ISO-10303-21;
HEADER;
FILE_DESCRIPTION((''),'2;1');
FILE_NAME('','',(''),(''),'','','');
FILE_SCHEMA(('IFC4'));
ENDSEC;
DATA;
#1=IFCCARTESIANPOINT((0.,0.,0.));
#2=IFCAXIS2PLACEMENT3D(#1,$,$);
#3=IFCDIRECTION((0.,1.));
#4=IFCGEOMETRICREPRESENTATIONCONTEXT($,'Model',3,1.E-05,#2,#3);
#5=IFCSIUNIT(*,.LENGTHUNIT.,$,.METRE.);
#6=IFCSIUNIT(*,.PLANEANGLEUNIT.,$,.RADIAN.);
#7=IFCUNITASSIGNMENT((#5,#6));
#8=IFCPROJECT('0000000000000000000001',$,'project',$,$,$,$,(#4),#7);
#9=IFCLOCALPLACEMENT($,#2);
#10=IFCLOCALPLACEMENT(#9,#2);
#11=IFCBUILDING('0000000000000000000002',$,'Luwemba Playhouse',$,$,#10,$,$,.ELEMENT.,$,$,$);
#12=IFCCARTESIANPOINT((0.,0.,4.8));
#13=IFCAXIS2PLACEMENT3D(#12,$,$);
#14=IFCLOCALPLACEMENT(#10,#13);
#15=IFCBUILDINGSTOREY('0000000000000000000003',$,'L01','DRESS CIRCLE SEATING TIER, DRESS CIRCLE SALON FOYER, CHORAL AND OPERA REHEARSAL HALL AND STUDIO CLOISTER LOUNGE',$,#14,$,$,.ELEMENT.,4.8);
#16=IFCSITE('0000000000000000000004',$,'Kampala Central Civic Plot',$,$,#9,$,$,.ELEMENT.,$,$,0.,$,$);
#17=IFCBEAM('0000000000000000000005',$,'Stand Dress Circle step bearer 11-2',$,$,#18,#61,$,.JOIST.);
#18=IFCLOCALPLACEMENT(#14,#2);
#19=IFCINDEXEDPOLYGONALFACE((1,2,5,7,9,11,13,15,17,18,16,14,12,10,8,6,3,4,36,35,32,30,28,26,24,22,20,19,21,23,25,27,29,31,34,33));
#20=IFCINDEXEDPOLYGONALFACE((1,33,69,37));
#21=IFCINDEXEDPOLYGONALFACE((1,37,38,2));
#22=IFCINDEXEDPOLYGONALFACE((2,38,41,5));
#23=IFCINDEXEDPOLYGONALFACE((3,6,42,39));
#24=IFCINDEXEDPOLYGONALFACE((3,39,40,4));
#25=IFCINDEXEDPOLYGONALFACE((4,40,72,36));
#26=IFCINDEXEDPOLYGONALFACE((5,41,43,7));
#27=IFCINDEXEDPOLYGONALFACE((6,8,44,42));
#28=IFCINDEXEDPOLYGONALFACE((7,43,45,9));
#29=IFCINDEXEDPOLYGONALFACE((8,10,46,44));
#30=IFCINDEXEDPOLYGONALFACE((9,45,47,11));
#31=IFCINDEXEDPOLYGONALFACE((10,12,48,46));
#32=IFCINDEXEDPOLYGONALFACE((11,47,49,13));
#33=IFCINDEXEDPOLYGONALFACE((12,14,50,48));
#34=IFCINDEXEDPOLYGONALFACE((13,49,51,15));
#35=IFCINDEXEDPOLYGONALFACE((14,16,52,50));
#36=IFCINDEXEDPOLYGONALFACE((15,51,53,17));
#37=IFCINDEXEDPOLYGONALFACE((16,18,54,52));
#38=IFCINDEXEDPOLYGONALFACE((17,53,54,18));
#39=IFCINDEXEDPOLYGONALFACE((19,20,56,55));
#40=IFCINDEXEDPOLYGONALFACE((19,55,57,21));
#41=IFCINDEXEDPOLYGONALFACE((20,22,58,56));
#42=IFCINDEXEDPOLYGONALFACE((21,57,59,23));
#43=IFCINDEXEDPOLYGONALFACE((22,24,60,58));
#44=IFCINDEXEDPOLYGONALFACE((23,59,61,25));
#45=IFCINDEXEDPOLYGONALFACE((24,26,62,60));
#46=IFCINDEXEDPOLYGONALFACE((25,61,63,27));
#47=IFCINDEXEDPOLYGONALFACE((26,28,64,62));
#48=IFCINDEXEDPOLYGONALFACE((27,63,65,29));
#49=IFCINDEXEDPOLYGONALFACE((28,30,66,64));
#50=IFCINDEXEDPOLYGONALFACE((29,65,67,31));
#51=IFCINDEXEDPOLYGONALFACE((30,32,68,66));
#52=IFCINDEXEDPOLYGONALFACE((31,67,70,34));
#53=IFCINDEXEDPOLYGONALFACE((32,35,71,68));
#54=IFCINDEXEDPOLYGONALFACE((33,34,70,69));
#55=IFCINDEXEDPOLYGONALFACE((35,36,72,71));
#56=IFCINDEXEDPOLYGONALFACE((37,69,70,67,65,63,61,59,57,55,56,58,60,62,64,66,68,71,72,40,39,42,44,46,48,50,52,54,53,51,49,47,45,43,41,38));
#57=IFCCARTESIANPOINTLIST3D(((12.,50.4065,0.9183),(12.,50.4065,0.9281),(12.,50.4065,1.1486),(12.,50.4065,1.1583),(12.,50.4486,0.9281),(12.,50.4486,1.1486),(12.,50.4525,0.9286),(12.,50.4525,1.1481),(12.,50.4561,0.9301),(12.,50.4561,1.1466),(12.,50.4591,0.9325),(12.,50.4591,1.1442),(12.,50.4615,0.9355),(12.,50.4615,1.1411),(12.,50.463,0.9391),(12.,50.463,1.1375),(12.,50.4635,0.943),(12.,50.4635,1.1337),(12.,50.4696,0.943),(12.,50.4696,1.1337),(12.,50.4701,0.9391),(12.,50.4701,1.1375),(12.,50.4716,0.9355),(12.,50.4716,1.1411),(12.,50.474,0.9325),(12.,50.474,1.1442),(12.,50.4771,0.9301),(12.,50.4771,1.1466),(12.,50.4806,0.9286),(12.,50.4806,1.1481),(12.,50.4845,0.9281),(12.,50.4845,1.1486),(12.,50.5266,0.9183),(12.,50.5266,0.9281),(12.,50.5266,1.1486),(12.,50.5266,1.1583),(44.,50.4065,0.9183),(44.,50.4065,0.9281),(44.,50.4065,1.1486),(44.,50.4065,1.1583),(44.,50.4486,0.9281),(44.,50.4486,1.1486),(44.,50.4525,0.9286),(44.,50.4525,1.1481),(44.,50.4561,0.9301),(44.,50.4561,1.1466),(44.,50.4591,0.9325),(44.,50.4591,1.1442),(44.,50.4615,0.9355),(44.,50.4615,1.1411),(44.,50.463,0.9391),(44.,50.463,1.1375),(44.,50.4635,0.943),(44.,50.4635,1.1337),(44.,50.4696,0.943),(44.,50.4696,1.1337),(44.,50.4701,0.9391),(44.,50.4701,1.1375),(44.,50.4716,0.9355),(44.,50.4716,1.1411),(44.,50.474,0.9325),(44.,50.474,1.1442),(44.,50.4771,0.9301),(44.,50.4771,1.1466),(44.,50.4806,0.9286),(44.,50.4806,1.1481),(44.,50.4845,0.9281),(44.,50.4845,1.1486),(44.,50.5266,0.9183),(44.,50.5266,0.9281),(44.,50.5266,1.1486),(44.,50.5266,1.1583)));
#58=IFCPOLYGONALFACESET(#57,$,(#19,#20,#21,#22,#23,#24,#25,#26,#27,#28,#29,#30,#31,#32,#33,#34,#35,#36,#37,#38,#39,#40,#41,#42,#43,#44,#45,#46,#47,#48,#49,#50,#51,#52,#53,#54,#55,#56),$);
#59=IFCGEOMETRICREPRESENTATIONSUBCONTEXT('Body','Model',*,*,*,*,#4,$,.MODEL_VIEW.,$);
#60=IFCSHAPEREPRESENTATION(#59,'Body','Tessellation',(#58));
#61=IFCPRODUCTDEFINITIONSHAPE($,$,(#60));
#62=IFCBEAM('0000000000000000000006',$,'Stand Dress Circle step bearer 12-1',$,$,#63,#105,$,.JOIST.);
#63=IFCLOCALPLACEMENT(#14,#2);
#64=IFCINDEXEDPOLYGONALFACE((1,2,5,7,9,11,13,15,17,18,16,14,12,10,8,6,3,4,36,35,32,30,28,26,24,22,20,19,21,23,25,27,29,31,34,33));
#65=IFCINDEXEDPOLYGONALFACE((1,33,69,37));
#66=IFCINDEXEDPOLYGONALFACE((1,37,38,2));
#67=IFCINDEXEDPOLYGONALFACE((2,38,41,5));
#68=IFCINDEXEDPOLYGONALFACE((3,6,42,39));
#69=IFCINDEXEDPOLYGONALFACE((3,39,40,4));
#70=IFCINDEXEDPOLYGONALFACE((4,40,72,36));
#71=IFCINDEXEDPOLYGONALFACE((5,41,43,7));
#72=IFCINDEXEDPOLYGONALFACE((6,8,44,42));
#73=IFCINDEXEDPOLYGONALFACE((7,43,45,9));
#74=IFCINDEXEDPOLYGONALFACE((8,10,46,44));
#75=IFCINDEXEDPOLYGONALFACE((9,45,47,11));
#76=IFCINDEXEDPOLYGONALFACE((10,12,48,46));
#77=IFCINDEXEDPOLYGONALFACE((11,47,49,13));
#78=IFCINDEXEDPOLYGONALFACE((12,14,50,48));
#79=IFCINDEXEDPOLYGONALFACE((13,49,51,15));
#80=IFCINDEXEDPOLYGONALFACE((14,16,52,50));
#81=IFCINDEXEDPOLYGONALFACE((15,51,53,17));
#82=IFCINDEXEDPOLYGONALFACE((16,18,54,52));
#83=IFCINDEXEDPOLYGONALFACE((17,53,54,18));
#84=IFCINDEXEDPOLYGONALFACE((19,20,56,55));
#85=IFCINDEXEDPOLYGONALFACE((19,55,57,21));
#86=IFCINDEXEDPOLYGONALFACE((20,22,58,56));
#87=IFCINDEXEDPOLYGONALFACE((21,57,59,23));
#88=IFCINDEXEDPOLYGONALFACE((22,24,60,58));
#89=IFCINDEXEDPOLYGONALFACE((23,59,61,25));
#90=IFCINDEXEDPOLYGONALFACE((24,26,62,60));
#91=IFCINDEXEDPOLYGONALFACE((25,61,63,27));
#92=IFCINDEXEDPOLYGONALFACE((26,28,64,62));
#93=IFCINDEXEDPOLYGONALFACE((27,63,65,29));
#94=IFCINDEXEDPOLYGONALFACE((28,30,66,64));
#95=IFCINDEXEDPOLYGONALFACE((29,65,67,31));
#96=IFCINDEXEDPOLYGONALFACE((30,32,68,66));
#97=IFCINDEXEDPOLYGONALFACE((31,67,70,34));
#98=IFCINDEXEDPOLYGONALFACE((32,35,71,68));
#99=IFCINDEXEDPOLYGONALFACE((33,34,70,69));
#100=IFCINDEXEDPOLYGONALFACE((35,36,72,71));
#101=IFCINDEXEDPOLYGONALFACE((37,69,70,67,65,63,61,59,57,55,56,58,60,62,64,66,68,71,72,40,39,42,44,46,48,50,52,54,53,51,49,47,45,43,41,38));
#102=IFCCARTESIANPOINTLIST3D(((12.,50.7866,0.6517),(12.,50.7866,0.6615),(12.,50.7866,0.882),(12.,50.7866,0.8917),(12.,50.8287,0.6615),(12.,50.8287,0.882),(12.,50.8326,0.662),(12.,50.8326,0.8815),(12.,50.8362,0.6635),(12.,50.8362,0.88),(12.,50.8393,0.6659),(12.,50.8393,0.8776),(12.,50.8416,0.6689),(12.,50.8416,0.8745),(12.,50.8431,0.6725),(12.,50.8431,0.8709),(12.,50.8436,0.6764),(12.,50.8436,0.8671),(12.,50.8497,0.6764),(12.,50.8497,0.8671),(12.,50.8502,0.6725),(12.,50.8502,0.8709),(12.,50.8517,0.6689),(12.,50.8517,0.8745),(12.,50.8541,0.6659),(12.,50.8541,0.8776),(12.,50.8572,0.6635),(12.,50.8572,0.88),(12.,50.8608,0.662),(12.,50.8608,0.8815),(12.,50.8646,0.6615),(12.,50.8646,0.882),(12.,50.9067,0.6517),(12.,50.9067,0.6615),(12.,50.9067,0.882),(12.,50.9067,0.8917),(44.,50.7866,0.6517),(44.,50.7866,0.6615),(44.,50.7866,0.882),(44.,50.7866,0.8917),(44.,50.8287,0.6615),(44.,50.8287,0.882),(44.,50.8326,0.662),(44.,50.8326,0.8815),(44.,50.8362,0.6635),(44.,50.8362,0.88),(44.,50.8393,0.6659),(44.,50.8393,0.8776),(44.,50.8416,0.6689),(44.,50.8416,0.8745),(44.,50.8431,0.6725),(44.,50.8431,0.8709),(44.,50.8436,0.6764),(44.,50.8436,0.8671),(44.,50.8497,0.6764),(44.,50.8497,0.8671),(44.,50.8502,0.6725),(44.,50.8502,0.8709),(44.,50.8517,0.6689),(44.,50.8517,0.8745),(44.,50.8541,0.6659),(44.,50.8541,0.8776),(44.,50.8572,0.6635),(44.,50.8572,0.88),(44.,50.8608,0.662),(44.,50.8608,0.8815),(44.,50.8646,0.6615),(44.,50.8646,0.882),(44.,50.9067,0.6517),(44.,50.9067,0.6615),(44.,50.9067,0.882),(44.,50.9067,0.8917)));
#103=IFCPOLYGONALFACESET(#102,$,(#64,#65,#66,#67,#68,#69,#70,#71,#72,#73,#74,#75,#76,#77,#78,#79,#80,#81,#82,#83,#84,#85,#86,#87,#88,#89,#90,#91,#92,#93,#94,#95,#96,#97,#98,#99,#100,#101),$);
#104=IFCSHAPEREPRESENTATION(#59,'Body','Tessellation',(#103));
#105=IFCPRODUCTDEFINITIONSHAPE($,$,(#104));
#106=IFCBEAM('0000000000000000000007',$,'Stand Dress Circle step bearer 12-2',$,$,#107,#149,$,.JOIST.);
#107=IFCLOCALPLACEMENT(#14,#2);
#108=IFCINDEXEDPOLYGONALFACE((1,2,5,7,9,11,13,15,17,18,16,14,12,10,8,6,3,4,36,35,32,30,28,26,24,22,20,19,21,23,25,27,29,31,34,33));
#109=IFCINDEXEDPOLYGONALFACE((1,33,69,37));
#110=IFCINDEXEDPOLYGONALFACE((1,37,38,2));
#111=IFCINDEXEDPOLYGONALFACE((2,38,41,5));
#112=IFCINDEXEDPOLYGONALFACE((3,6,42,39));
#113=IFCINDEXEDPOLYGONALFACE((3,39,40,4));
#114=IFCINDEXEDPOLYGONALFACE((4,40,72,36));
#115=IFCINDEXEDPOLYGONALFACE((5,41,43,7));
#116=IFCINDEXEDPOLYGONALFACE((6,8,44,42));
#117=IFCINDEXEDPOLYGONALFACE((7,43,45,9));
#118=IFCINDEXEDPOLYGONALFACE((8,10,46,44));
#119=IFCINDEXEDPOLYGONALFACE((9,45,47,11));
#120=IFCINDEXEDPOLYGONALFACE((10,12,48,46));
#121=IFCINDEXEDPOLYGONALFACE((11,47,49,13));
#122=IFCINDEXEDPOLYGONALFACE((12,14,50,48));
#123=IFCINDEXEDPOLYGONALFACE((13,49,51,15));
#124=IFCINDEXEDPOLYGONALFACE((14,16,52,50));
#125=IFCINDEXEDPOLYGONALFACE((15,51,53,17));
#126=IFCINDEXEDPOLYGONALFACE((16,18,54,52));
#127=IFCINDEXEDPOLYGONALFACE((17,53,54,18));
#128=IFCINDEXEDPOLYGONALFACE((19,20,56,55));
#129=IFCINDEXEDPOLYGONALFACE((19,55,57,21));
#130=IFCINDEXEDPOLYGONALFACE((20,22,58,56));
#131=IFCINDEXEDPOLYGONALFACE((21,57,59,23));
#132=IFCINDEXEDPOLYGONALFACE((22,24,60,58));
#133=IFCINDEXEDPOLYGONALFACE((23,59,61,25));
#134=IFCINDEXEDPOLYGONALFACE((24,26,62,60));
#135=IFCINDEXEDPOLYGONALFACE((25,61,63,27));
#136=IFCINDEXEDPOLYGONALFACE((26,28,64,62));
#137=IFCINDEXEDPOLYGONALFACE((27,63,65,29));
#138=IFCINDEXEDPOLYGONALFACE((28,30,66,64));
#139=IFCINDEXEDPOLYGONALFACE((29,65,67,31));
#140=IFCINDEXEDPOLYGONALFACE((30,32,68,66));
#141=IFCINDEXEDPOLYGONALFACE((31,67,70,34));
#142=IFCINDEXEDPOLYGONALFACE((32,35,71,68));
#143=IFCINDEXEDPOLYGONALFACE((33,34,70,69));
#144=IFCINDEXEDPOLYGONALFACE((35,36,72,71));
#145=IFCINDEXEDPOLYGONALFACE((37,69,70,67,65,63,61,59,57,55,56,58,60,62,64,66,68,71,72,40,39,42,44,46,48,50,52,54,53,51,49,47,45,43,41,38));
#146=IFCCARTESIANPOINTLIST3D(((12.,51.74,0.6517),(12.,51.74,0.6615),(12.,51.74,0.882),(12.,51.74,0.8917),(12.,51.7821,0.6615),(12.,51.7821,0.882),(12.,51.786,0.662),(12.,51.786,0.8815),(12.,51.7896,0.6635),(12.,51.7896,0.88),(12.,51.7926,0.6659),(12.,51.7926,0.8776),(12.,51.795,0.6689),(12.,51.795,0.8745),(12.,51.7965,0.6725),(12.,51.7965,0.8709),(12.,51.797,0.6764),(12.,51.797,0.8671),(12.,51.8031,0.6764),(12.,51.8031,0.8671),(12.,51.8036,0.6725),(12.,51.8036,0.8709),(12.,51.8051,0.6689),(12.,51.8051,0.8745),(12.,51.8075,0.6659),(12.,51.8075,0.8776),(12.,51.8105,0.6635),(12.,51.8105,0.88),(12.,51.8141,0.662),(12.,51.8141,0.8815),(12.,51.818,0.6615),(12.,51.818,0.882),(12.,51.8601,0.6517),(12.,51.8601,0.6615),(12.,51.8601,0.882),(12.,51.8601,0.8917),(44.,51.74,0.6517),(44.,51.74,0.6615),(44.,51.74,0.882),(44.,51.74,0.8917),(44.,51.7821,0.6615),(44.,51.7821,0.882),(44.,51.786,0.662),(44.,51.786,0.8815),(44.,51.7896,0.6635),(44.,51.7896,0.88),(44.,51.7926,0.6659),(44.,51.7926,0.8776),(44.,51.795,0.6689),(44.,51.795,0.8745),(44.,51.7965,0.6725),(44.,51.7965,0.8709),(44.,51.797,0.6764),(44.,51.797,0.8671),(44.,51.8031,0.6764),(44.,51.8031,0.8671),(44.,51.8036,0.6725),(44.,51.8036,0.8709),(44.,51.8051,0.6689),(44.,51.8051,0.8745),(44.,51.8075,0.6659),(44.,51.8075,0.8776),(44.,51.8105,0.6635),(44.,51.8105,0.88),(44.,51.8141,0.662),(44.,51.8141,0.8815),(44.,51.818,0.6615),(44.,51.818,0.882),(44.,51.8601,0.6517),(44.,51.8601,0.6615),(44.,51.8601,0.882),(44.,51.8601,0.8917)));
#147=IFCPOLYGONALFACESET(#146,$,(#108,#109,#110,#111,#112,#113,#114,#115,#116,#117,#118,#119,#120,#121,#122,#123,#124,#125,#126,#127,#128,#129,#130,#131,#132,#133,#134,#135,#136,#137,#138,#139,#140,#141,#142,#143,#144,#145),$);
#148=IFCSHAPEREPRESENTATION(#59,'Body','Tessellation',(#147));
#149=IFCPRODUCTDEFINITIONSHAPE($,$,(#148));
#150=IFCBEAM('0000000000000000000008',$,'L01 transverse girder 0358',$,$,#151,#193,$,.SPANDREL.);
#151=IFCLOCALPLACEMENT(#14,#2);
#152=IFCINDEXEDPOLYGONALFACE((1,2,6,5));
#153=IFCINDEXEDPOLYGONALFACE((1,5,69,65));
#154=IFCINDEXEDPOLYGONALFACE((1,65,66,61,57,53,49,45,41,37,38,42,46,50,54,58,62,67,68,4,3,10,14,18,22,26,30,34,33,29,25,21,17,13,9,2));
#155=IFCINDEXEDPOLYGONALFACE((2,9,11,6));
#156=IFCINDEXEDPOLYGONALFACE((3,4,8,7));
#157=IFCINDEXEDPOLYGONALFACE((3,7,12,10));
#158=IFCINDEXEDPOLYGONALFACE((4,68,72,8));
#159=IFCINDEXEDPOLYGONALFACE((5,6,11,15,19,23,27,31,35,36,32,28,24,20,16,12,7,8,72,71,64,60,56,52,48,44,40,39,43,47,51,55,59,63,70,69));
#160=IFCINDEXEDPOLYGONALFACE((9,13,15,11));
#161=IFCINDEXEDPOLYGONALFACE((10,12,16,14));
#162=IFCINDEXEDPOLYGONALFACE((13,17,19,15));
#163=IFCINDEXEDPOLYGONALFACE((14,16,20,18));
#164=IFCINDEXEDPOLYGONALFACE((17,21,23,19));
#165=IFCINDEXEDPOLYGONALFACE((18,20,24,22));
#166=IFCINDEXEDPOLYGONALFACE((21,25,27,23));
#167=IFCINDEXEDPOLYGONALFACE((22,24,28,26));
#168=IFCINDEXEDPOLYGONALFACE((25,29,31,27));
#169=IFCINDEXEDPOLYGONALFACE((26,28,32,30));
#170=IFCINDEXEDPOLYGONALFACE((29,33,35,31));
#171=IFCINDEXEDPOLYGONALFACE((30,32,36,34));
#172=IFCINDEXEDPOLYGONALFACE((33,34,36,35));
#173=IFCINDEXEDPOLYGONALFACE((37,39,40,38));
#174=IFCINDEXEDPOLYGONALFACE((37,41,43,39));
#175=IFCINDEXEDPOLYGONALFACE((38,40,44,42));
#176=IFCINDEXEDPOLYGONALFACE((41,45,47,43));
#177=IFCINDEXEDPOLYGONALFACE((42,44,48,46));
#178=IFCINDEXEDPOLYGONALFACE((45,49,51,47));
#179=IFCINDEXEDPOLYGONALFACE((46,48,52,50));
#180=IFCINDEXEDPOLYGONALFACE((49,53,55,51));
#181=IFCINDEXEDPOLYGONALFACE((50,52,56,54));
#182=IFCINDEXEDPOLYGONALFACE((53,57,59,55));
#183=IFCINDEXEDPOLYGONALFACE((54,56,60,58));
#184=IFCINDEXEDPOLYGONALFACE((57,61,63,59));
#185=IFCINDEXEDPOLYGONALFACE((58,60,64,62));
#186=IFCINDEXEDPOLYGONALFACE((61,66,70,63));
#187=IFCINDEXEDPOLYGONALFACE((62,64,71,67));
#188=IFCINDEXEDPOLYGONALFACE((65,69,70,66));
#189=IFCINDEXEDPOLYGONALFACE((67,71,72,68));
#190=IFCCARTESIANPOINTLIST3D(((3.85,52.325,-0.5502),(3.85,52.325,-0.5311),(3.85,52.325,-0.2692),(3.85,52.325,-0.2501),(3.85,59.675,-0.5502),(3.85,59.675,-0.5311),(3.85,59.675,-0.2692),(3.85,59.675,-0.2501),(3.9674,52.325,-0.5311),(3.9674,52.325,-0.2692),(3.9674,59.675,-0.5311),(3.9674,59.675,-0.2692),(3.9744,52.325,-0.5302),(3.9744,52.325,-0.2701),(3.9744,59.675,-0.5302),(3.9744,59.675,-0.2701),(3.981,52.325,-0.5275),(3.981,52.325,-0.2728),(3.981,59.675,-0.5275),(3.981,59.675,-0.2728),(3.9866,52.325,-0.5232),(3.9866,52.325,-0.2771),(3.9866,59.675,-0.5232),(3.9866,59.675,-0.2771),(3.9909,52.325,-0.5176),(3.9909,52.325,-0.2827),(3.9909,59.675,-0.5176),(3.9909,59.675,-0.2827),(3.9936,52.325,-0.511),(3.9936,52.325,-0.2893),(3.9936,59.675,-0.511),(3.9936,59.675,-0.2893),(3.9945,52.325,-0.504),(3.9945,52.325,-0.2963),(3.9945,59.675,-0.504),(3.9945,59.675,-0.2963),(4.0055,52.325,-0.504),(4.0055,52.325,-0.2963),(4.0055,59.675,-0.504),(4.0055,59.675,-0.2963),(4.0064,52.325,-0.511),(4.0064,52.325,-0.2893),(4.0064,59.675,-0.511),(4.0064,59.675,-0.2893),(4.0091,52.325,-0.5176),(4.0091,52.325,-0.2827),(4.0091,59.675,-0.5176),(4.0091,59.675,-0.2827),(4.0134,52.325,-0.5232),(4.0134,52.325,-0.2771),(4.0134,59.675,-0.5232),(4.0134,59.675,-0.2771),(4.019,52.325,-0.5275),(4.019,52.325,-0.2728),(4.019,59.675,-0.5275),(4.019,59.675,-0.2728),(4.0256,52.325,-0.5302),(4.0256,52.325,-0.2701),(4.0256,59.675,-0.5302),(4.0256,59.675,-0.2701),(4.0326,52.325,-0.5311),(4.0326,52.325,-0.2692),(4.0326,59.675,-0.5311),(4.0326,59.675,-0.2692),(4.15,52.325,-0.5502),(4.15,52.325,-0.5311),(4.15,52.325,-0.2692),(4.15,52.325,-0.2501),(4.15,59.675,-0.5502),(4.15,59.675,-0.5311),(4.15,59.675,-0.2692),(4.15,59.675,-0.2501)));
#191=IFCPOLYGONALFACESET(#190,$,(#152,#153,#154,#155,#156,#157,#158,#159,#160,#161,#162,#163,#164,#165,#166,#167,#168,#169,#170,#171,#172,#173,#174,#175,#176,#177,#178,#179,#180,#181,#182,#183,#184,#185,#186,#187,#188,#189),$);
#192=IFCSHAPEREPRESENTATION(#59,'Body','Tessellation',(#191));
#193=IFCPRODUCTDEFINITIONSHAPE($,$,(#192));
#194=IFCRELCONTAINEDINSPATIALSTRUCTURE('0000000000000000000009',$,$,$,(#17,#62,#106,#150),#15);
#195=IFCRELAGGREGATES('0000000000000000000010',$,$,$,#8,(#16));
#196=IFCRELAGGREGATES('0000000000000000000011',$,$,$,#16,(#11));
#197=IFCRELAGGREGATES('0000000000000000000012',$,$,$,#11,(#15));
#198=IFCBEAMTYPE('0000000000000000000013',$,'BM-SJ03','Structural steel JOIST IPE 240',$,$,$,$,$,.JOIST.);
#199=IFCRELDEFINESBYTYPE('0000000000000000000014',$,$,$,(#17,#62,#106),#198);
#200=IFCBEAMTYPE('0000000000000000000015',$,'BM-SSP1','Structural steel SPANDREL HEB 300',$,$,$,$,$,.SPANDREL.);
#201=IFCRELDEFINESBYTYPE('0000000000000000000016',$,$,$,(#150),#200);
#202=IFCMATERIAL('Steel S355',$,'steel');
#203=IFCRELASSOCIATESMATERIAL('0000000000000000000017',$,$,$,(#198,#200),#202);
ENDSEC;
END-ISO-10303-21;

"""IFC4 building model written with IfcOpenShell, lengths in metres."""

from ifc_helpers import new_model, si_unit, direction, frame, origin, origin_2d, place, context, subcontext, project, spatial, i_section, extrude, material, material_profile, profile_set, type_object, element, save


model = new_model("IFC4")

# Units and contexts
model_context = context("Model", 3, precision=1e-05, world=origin(), true_north=direction((0.0, 1.0)))
body_context = subcontext(model_context, "Body", "Model", "MODEL_VIEW")
ifc_project = project(units=[si_unit("LENGTHUNIT", "METRE"), si_unit("PLANEANGLEUNIT", "RADIAN")], contexts=[model_context])

# Site, building, storey
site_placement = place(None, origin())
site = spatial("IfcSite", under=ifc_project, at=site_placement, Name="Kampala Central Civic Plot", CompositionType="ELEMENT", RefElevation=0.0)
building_placement = place(site_placement, origin())
building = spatial("IfcBuilding", under=site, at=building_placement, Name="Luwemba Playhouse", CompositionType="ELEMENT")
storey_placement = place(building_placement, frame((0.0, 0.0, 4.8)))
storey = spatial("IfcBuildingStorey", under=building, at=storey_placement, Name="L01", Description="DRESS CIRCLE SEATING TIER, DRESS CIRCLE SALON FOYER, CHORAL AND OPERA REHEARSAL HALL AND STUDIO CLOISTER LOUNGE", CompositionType="ELEMENT", Elevation=4.8)

# Beams
ifc_material_1 = material(Name="Steel S355", Category="steel")
ifc_material_profile_1 = material_profile(ifc_material_1, i_section(OverallWidth=0.1201, OverallDepth=0.24, WebThickness=0.0061, FlangeThickness=0.0098, FilletRadius=0.0149, at=origin_2d()))
ifc_profile_set_1 = profile_set([ifc_material_profile_1], Name="Steel S355")
beam_type_1 = type_object("IfcBeamType", Name="BM-SJ03", Description="Structural steel JOIST IPE 240", PredefinedType="JOIST", material=ifc_profile_set_1)
for number, where, z_axis, x_axis, name in (
    (1, (12.0, 50.4666, 1.0383), (1.0, 0.0, 0.0), (0.0, 1.0, 0.0), "Stand Dress Circle step bearer 11-2"),
    (2, (12.0, 50.8467, 0.7717), (1.0, 0.0, 0.0), (0.0, 1.0, 0.0), "Stand Dress Circle step bearer 12-1"),
    (3, (12.0, 51.8, 0.7717), (1.0, 0.0, 0.0), (0.0, 1.0, 0.0), "Stand Dress Circle step bearer 12-2"),
):
    element("IfcBeam", number, at=place(storey_placement, frame(where, z_axis=z_axis, x_axis=x_axis)), inside=storey, type_object=beam_type_1, Name=name, PredefinedType="JOIST", context=body_context, shape_type="SweptSolid", body=[
        extrude(i_section(OverallWidth=0.1201, OverallDepth=0.24, WebThickness=0.0061, FlangeThickness=0.0098, FilletRadius=0.0149, at=origin_2d()), origin(), (0.0, 0.0, 1.0), 32.0),
    ])
ifc_material_profile_2 = material_profile(ifc_material_1, i_section(OverallWidth=0.3, OverallDepth=0.3, WebThickness=0.011, FlangeThickness=0.019, FilletRadius=0.0271, at=origin_2d()))
ifc_profile_set_2 = profile_set([ifc_material_profile_2], Name="Steel S355")
beam_type_2 = type_object("IfcBeamType", Name="BM-SSP1", Description="Structural steel SPANDREL HEB 300", PredefinedType="SPANDREL", material=ifc_profile_set_2)
beam_1_placement = place(storey_placement, frame((4.0, 52.325, -0.4001), z_axis=(0.0, 1.0, 0.0), x_axis=(-1.0, 0.0, 0.0)))
element("IfcBeam", 4, at=beam_1_placement, inside=storey, type_object=beam_type_2, Name="L01 transverse girder 0358", PredefinedType="SPANDREL", context=body_context, shape_type="SweptSolid", body=[
    extrude(i_section(OverallWidth=0.3, OverallDepth=0.3, WebThickness=0.011, FlangeThickness=0.019, FilletRadius=0.0271, at=origin_2d()), origin(), (0.0, 0.0, 1.0), 7.3501),
])

save(model, "model.ifc")
